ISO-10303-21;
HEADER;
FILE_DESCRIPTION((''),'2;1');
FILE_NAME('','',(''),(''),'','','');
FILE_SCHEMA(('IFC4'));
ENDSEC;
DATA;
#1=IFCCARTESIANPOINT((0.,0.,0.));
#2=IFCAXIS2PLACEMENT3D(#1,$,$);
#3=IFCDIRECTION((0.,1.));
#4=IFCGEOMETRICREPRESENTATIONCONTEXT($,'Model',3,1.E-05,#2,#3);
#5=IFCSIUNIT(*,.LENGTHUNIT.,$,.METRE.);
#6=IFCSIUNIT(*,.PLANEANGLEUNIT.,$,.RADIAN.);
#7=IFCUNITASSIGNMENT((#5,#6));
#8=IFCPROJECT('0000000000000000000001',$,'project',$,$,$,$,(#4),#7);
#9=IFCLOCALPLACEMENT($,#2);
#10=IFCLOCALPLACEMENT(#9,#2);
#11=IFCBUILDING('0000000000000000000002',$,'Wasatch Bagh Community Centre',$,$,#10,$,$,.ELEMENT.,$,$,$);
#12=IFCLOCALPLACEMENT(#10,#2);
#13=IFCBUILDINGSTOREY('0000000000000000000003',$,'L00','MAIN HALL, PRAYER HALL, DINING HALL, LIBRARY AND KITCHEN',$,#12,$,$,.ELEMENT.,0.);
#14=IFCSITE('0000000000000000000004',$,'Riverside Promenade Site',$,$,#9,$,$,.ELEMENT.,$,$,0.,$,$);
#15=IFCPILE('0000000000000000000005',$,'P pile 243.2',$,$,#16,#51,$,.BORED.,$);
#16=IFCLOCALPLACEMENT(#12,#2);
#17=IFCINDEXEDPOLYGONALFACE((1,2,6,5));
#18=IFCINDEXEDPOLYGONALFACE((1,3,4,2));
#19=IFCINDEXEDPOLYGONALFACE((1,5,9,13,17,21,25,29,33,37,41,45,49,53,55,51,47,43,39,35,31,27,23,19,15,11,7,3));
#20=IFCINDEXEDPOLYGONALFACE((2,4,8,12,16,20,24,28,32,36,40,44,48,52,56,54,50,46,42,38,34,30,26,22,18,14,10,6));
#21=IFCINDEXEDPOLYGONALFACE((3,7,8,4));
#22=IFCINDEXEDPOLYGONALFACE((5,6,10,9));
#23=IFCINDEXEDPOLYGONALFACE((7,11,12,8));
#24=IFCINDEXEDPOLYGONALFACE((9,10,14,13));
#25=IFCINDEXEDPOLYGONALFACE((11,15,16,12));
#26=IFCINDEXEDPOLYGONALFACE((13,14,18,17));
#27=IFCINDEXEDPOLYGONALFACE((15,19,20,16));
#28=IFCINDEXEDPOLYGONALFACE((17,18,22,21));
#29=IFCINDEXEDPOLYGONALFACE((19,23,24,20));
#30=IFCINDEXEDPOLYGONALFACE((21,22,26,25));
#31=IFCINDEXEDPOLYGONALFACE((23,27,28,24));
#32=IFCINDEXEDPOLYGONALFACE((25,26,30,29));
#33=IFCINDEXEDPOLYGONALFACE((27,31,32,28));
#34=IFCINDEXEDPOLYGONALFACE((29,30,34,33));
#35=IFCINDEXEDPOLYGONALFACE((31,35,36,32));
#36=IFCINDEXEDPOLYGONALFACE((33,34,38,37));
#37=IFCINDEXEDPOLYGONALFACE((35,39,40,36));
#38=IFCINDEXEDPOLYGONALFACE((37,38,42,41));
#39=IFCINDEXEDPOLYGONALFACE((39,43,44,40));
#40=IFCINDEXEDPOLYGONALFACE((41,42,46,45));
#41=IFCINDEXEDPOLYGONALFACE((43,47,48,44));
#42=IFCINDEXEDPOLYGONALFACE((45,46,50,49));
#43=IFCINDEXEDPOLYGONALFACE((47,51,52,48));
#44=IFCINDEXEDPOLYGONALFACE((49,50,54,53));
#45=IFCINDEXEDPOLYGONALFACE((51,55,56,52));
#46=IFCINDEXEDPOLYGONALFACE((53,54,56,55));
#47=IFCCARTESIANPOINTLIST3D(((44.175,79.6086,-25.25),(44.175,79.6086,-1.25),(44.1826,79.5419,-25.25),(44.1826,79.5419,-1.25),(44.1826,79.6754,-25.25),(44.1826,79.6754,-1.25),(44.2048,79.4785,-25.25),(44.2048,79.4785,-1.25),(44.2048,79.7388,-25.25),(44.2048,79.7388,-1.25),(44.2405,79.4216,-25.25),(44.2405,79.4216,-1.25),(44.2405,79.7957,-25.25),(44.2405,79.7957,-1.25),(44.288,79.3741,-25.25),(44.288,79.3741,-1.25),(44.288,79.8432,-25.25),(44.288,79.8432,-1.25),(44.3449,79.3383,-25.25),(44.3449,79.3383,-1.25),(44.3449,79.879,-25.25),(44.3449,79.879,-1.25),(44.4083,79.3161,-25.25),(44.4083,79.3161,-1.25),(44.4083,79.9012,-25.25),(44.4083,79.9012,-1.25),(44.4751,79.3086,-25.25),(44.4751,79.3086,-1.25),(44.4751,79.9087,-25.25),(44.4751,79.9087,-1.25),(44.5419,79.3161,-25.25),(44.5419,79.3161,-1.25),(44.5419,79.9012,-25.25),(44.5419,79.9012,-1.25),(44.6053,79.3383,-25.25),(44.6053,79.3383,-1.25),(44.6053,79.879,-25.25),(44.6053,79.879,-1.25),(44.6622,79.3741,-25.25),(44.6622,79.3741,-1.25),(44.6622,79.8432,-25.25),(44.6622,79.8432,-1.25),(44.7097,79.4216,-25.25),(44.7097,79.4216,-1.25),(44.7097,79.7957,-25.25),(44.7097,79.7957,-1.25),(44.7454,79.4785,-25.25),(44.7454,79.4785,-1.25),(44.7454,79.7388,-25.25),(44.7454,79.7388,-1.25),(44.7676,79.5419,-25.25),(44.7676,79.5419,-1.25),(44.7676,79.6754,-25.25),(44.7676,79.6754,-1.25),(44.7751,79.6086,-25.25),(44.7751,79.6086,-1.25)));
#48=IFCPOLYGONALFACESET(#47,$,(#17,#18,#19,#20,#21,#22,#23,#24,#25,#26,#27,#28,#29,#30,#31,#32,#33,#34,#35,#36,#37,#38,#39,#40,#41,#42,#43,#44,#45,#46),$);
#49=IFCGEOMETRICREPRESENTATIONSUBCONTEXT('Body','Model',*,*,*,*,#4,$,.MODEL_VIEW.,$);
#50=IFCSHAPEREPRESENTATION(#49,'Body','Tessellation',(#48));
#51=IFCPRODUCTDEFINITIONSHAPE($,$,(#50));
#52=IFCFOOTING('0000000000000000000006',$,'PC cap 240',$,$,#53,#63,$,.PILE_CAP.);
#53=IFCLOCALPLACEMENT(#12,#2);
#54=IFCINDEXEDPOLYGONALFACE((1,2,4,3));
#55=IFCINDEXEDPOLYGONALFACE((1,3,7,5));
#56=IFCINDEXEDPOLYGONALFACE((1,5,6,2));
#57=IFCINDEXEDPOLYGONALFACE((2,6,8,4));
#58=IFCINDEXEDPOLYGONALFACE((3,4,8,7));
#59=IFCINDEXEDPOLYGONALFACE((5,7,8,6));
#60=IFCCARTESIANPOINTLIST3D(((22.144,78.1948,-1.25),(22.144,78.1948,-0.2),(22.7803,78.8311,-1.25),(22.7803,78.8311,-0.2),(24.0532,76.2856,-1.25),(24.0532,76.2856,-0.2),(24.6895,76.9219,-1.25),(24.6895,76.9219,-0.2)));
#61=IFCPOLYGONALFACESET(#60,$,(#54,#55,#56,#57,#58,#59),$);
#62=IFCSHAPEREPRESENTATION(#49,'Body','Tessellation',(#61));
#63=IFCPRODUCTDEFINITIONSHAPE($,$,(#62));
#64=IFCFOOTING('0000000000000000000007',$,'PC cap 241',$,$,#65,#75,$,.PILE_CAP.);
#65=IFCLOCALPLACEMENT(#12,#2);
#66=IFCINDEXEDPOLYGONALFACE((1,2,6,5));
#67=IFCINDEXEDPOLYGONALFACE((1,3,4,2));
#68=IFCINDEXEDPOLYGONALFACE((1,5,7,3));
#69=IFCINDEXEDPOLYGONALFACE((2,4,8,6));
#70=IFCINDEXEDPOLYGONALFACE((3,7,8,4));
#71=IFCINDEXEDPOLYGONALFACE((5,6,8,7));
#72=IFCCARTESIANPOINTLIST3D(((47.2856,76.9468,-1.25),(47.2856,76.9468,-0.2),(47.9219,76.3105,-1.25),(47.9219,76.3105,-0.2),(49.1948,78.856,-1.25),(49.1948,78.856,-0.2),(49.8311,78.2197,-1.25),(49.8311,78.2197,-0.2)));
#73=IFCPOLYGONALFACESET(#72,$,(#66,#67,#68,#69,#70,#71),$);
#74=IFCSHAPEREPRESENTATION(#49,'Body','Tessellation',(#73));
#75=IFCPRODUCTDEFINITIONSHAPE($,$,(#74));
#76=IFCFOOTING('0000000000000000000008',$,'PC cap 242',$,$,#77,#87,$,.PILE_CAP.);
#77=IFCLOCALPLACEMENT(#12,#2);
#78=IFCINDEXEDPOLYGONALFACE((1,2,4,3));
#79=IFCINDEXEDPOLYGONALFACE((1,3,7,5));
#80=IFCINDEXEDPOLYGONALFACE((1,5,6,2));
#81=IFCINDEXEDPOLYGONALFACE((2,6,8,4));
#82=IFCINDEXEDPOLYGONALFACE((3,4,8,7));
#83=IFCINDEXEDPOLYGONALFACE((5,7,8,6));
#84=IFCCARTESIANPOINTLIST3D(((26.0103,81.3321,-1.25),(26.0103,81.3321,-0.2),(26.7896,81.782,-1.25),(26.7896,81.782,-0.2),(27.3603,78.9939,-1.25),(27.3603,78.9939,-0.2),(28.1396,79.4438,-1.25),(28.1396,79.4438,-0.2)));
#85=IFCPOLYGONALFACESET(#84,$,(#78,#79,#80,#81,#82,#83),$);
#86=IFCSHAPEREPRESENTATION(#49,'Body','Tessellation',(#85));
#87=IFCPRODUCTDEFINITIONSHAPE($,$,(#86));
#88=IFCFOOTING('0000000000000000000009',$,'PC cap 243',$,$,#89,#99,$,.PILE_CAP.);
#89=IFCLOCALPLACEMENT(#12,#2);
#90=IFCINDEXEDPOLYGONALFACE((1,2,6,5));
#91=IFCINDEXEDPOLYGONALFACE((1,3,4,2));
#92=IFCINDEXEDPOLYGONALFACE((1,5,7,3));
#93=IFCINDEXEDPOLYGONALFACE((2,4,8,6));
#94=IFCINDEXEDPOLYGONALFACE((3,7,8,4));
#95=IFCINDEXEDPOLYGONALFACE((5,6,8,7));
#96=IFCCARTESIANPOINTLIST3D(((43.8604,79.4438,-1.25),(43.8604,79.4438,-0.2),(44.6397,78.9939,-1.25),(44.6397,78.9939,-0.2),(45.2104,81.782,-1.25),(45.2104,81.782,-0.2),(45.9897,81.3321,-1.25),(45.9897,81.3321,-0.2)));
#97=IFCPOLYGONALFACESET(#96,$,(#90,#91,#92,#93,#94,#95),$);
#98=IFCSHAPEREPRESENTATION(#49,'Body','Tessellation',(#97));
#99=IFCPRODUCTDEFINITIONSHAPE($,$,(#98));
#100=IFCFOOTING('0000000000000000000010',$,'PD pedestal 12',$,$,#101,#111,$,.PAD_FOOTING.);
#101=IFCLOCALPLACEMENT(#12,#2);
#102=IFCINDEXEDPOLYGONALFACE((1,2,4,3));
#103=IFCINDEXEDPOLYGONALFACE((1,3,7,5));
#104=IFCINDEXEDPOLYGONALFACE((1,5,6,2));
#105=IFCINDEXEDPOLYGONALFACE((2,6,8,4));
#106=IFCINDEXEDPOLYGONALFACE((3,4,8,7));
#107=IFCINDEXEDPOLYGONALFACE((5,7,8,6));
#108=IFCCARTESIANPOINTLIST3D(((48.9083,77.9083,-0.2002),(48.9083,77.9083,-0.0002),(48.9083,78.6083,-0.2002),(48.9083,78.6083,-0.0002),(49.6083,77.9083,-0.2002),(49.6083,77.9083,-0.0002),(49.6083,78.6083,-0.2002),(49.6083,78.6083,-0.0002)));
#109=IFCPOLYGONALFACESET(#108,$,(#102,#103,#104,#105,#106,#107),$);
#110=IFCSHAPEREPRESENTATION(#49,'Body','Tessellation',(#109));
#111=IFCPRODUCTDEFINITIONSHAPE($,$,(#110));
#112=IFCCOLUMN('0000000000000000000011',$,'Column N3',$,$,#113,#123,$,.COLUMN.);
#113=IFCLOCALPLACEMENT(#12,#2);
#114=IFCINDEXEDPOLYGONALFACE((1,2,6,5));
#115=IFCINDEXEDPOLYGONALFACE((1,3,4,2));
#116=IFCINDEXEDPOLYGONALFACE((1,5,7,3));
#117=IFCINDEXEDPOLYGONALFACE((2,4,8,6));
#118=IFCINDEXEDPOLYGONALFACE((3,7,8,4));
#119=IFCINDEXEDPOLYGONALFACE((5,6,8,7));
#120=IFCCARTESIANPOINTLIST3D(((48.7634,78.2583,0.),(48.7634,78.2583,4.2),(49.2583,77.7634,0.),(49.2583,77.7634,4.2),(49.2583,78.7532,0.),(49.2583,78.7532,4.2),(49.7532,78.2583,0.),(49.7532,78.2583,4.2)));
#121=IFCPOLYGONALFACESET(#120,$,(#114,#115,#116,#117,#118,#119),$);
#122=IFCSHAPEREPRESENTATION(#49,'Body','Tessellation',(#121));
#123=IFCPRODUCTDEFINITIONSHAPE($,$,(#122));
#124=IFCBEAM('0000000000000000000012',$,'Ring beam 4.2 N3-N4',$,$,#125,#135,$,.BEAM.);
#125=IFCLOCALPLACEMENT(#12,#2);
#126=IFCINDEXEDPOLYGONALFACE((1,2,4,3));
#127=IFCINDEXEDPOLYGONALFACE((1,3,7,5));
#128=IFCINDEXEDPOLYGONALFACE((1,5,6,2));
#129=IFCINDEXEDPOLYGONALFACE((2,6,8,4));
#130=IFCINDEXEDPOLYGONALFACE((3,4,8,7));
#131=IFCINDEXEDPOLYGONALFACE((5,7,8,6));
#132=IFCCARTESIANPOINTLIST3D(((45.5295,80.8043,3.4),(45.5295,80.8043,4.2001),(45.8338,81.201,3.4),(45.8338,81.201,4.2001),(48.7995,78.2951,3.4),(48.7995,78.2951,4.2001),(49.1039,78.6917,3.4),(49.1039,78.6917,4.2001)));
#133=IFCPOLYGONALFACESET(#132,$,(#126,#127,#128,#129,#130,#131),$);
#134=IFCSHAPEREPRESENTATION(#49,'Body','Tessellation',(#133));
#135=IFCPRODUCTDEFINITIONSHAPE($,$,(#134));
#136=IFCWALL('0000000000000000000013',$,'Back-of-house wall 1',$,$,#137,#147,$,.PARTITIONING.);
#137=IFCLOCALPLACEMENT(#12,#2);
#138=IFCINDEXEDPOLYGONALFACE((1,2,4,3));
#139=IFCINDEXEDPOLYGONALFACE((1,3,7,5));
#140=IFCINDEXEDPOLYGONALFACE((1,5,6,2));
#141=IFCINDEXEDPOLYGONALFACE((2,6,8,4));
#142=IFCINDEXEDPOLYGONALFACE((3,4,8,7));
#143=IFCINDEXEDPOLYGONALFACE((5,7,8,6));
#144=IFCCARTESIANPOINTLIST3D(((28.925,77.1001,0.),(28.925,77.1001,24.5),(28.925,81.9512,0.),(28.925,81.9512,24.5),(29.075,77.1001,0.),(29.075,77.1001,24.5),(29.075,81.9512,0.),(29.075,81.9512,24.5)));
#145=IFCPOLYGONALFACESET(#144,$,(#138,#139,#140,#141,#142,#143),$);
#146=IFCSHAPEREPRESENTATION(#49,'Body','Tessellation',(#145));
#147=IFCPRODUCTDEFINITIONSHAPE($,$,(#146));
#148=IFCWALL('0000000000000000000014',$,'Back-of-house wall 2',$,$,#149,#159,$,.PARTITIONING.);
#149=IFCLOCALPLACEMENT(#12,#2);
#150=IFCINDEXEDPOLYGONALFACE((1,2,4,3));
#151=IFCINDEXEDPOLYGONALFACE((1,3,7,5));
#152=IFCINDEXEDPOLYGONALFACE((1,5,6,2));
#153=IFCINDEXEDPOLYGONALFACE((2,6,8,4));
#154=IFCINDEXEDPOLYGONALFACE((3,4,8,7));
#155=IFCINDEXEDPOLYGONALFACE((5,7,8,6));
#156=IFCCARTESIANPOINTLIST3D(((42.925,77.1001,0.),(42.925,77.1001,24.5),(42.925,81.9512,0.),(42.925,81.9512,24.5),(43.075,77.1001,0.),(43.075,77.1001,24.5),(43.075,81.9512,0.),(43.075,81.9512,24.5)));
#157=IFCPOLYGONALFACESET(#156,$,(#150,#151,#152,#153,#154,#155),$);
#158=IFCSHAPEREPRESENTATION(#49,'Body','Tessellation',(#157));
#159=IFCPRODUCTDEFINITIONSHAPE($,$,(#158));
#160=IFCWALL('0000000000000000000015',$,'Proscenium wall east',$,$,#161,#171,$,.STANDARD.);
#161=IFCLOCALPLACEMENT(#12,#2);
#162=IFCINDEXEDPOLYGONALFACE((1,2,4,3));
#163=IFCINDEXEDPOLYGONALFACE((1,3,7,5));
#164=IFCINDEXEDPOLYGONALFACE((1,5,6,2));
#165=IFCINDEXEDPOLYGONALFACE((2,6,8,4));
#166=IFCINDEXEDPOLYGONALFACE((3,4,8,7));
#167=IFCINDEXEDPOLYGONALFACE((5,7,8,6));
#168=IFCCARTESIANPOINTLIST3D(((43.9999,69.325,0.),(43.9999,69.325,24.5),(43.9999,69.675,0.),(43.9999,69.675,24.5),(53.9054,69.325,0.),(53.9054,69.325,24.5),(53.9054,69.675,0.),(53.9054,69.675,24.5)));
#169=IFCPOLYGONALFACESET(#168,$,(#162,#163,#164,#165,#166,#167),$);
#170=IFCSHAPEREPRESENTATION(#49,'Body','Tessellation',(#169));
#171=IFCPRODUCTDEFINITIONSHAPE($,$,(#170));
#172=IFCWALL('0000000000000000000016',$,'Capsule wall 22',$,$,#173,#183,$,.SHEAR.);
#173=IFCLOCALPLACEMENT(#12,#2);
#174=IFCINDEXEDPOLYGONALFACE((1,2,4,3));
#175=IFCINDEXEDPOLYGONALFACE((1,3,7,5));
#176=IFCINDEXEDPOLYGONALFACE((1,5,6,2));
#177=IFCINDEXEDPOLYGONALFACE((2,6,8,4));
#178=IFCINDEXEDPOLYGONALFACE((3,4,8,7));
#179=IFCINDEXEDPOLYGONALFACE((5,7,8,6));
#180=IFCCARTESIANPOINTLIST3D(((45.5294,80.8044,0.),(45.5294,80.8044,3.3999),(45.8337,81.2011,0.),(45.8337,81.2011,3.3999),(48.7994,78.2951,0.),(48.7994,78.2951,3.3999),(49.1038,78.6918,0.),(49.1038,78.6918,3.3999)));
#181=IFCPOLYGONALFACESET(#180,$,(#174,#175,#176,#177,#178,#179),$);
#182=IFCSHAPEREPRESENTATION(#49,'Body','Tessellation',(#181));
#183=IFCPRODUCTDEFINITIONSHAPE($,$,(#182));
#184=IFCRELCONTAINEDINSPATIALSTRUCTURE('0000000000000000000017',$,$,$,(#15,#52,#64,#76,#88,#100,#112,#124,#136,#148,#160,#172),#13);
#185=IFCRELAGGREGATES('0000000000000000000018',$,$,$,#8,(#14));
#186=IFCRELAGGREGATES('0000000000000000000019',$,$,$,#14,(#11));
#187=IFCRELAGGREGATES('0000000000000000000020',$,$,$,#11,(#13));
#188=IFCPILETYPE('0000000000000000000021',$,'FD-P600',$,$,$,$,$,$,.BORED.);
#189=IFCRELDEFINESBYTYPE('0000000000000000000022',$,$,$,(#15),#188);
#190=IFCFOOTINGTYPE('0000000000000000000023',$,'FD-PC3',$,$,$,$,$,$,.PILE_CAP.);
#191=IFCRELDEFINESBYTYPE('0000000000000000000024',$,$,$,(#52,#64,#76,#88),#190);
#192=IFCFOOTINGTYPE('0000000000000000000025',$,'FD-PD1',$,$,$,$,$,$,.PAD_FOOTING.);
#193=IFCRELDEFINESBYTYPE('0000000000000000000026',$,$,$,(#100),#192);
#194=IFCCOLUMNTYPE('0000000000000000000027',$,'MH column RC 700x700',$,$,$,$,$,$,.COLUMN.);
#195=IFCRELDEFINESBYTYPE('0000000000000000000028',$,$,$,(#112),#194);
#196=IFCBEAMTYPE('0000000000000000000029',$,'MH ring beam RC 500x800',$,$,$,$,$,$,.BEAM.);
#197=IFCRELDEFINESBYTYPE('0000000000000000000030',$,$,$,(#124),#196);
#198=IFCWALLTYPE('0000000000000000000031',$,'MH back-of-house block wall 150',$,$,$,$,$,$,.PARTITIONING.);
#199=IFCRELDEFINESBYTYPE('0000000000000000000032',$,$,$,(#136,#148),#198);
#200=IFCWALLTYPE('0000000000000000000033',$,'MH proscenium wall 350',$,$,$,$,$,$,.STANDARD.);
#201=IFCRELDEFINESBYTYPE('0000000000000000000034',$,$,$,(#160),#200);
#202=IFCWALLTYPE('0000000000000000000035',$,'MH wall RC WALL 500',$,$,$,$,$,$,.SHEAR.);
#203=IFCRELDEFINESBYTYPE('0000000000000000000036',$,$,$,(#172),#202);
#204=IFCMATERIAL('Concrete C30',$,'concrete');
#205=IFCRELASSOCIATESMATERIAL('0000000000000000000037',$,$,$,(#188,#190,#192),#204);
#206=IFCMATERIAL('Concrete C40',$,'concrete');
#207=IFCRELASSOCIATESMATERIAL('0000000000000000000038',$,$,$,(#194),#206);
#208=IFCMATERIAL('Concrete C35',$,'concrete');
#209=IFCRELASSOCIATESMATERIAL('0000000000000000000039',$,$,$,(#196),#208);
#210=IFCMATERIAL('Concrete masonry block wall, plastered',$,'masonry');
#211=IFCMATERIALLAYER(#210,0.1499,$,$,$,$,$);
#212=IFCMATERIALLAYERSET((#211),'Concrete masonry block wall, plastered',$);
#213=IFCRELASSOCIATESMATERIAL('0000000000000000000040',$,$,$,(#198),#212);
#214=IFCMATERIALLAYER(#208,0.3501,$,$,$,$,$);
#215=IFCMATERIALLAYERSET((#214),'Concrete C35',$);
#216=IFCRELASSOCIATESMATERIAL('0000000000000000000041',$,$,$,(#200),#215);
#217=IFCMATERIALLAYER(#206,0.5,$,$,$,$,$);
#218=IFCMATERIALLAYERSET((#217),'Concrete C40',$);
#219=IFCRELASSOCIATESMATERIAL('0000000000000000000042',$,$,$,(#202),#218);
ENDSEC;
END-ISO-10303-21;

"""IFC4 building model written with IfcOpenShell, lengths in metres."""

from ifc_helpers import new_model, si_unit, direction, frame, frame_2d, origin, origin_2d, place, context, subcontext, project, spatial, rectangle, circle, extrude, material, layer, layer_set, material_profile, profile_set, type_object, element, save


model = new_model("IFC4")

# Units and contexts
model_context = context("Model", 3, precision=1e-05, world=origin(), true_north=direction((0.0, 1.0)))
body_context = subcontext(model_context, "Body", "Model", "MODEL_VIEW")
ifc_project = project(units=[si_unit("LENGTHUNIT", "METRE"), si_unit("PLANEANGLEUNIT", "RADIAN")], contexts=[model_context])

# Site, building, storey
site_placement = place(None, origin())
site = spatial("IfcSite", under=ifc_project, at=site_placement, Name="Riverside Promenade Site", CompositionType="ELEMENT", RefElevation=0.0)
building_placement = place(site_placement, origin())
building = spatial("IfcBuilding", under=site, at=building_placement, Name="Wasatch Bagh Community Centre", CompositionType="ELEMENT")
storey_placement = place(building_placement, origin())
storey = spatial("IfcBuildingStorey", under=building, at=storey_placement, Name="L00", Description="MAIN HALL, PRAYER HALL, DINING HALL, LIBRARY AND KITCHEN", CompositionType="ELEMENT", Elevation=0.0)

# Shared definitions
ifc_material_1 = material(Name="Concrete C35", Category="concrete")

# Pile
ifc_material_2 = material(Name="Concrete C30", Category="concrete")
ifc_material_profile_1 = material_profile(ifc_material_2, circle(Radius=0.3, at=origin_2d()), Name="RC D600")
ifc_profile_set_1 = profile_set([ifc_material_profile_1], Name="Concrete C30")
pile_type = type_object("IfcPileType", Name="FD-P600", PredefinedType="BORED", material=ifc_profile_set_1)
for number, where, z_axis, x_axis, name in (
    (1, (44.4751, 79.6086, -1.25), (0.0, 0.0, -1.0), (1.0, 0.0, 0.0), "P pile 243.2"),
):
    element("IfcPile", number, at=place(storey_placement, frame(where, z_axis=z_axis, x_axis=x_axis)), inside=storey, type_object=pile_type, Name=name, PredefinedType="BORED", context=body_context, shape_type="SweptSolid", body=[
        extrude(circle(Radius=0.3, at=origin_2d()), origin(), (0.0, 0.0, 1.0), 24.0),
    ])

# Footings
footing_type_1 = type_object("IfcFootingType", Name="FD-PC3", PredefinedType="PILE_CAP", material=ifc_material_2)
for number, where, z_axis, x_axis, name in (
    (2, (23.4167, 77.5583, -1.25), (0.0, 0.0, 1.0), (0.707107, -0.707107, 0.0), "PC cap 240"),
    (3, (48.5583, 77.5833, -1.25), (0.0, 0.0, 1.0), (-0.707107, -0.707107, 0.0), "PC cap 241"),
    (4, (27.075, 80.3879, -1.25), (0.0, 0.0, 1.0), (0.5, -0.866025, 0.0), "PC cap 242"),
    (5, (44.925, 80.3879, -1.25), (0.0, 0.0, 1.0), (-0.5, -0.866025, 0.0), "PC cap 243"),
):
    element("IfcFooting", number, at=place(storey_placement, frame(where, z_axis=z_axis, x_axis=x_axis)), inside=storey, type_object=footing_type_1, Name=name, PredefinedType="PILE_CAP", context=body_context, shape_type="SweptSolid", body=[
        extrude(rectangle(XDim=2.7, YDim=0.8999, at=origin_2d()), origin(), (0.0, 0.0, 1.0), 1.05),
    ])
footing_type_2 = type_object("IfcFootingType", Name="FD-PD1", PredefinedType="PAD_FOOTING", material=ifc_material_2)
footing_1_placement = place(storey_placement, frame((49.2583, 78.2583, -0.2002), z_axis=(0.0, 0.0, 1.0), x_axis=(1.0, 0.0, 0.0)))
element("IfcFooting", 6, at=footing_1_placement, inside=storey, type_object=footing_type_2, Name="PD pedestal 12", PredefinedType="PAD_FOOTING", context=body_context, shape_type="SweptSolid", body=[
    extrude(rectangle(XDim=0.7, YDim=0.7, at=origin_2d()), origin(), (0.0, 0.0, 1.0), 0.2),
])

# Column
ifc_material_3 = material(Name="Concrete C40", Category="concrete")
ifc_material_profile_2 = material_profile(ifc_material_3, rectangle(XDim=0.7, YDim=0.7, at=origin_2d()), Name="RC 700x700")
ifc_profile_set_2 = profile_set([ifc_material_profile_2], Name="Concrete C40")
column_type = type_object("IfcColumnType", Name="MH column RC 700x700", PredefinedType="COLUMN", material=ifc_profile_set_2)
column_placement = place(storey_placement, frame((49.2583, 78.2583, 0.0), z_axis=(0.0, 0.0, 1.0), x_axis=(0.707107, 0.707107, 0.0)))
element("IfcColumn", 7, at=column_placement, inside=storey, type_object=column_type, Name="Column N3", PredefinedType="COLUMN", context=body_context, shape_type="SweptSolid", body=[
    extrude(rectangle(XDim=0.7, YDim=0.7, at=origin_2d()), origin(), (0.0, 0.0, 1.0), 4.2),
])

# Beam
ifc_material_profile_3 = material_profile(ifc_material_1, rectangle(XDim=0.5, YDim=0.8, at=origin_2d()), Name="RC 500x800")
ifc_profile_set_3 = profile_set([ifc_material_profile_3], Name="Concrete C35")
beam_type = type_object("IfcBeamType", Name="MH ring beam RC 500x800", PredefinedType="BEAM", material=ifc_profile_set_3)
beam_placement = place(storey_placement, frame((48.9517, 78.4934, 3.8), z_axis=(-0.793341, 0.608777, 0.0), x_axis=(-0.608777, -0.793341, 0.0)))
element("IfcBeam", 8, at=beam_placement, inside=storey, type_object=beam_type, Name="Ring beam 4.2 N3-N4", PredefinedType="BEAM", context=body_context, shape_type="SweptSolid", body=[
    extrude(rectangle(XDim=0.5, YDim=0.8, at=origin_2d()), origin(), (0.0, 0.0, 1.0), 4.1218),
])

# Walls
ifc_material_4 = material(Name="Concrete masonry block wall, plastered", Category="masonry")
ifc_layer_1 = layer(ifc_material_4, 0.1499)
ifc_layer_set_1 = layer_set([ifc_layer_1], Name="Concrete masonry block wall, plastered")
wall_type_1 = type_object("IfcWallType", Name="MH back-of-house block wall 150", PredefinedType="PARTITIONING", material=ifc_layer_set_1)
for number, where, z_axis, x_axis, name in (
    (9, (29.0, 77.1001, 0.0), (0.0, 0.0, 1.0), (0.0, 1.0, 0.0), "Back-of-house wall 1"),
    (10, (43.0, 77.1001, 0.0), (0.0, 0.0, 1.0), (0.0, 1.0, 0.0), "Back-of-house wall 2"),
):
    element("IfcWall", number, at=place(storey_placement, frame(where, z_axis=z_axis, x_axis=x_axis)), inside=storey, type_object=wall_type_1, Name=name, PredefinedType="PARTITIONING", context=body_context, shape_type="SweptSolid", body=[
        extrude(rectangle(XDim=4.8511, YDim=0.1499, at=frame_2d((2.4255, 0.0))), origin(), (0.0, 0.0, 1.0), 24.5),
    ])
ifc_layer_2 = layer(ifc_material_1, 0.3501)
ifc_layer_set_2 = layer_set([ifc_layer_2], Name="Concrete C35")
wall_type_2 = type_object("IfcWallType", Name="MH proscenium wall 350", PredefinedType="STANDARD", material=ifc_layer_set_2)
wall_1_placement = place(storey_placement, frame((44.0, 69.5, 0.0), z_axis=(0.0, 0.0, 1.0), x_axis=(1.0, 0.0, 0.0)))
element("IfcWall", 11, at=wall_1_placement, inside=storey, type_object=wall_type_2, Name="Proscenium wall east", PredefinedType="STANDARD", context=body_context, shape_type="SweptSolid", body=[
    extrude(rectangle(XDim=9.9055, YDim=0.3501, at=frame_2d((4.9526, 0.0))), origin(), (0.0, 0.0, 1.0), 24.5),
])
ifc_layer_3 = layer(ifc_material_3, 0.5)
ifc_layer_set_3 = layer_set([ifc_layer_3], Name="Concrete C40")
wall_type_3 = type_object("IfcWallType", Name="MH wall RC WALL 500", PredefinedType="SHEAR", material=ifc_layer_set_3)
wall_2_placement = place(storey_placement, frame((48.9517, 78.4934, 0.0), z_axis=(0.0, 0.0, 1.0), x_axis=(-0.793341, 0.608777, 0.0)))
element("IfcWall", 12, at=wall_2_placement, inside=storey, type_object=wall_type_3, Name="Capsule wall 22", PredefinedType="SHEAR", context=body_context, shape_type="SweptSolid", body=[
    extrude(rectangle(XDim=4.1218, YDim=0.5, at=frame_2d((2.061, 0.0))), origin(), (0.0, 0.0, 1.0), 3.3999),
])

save(model, "model.ifc")
